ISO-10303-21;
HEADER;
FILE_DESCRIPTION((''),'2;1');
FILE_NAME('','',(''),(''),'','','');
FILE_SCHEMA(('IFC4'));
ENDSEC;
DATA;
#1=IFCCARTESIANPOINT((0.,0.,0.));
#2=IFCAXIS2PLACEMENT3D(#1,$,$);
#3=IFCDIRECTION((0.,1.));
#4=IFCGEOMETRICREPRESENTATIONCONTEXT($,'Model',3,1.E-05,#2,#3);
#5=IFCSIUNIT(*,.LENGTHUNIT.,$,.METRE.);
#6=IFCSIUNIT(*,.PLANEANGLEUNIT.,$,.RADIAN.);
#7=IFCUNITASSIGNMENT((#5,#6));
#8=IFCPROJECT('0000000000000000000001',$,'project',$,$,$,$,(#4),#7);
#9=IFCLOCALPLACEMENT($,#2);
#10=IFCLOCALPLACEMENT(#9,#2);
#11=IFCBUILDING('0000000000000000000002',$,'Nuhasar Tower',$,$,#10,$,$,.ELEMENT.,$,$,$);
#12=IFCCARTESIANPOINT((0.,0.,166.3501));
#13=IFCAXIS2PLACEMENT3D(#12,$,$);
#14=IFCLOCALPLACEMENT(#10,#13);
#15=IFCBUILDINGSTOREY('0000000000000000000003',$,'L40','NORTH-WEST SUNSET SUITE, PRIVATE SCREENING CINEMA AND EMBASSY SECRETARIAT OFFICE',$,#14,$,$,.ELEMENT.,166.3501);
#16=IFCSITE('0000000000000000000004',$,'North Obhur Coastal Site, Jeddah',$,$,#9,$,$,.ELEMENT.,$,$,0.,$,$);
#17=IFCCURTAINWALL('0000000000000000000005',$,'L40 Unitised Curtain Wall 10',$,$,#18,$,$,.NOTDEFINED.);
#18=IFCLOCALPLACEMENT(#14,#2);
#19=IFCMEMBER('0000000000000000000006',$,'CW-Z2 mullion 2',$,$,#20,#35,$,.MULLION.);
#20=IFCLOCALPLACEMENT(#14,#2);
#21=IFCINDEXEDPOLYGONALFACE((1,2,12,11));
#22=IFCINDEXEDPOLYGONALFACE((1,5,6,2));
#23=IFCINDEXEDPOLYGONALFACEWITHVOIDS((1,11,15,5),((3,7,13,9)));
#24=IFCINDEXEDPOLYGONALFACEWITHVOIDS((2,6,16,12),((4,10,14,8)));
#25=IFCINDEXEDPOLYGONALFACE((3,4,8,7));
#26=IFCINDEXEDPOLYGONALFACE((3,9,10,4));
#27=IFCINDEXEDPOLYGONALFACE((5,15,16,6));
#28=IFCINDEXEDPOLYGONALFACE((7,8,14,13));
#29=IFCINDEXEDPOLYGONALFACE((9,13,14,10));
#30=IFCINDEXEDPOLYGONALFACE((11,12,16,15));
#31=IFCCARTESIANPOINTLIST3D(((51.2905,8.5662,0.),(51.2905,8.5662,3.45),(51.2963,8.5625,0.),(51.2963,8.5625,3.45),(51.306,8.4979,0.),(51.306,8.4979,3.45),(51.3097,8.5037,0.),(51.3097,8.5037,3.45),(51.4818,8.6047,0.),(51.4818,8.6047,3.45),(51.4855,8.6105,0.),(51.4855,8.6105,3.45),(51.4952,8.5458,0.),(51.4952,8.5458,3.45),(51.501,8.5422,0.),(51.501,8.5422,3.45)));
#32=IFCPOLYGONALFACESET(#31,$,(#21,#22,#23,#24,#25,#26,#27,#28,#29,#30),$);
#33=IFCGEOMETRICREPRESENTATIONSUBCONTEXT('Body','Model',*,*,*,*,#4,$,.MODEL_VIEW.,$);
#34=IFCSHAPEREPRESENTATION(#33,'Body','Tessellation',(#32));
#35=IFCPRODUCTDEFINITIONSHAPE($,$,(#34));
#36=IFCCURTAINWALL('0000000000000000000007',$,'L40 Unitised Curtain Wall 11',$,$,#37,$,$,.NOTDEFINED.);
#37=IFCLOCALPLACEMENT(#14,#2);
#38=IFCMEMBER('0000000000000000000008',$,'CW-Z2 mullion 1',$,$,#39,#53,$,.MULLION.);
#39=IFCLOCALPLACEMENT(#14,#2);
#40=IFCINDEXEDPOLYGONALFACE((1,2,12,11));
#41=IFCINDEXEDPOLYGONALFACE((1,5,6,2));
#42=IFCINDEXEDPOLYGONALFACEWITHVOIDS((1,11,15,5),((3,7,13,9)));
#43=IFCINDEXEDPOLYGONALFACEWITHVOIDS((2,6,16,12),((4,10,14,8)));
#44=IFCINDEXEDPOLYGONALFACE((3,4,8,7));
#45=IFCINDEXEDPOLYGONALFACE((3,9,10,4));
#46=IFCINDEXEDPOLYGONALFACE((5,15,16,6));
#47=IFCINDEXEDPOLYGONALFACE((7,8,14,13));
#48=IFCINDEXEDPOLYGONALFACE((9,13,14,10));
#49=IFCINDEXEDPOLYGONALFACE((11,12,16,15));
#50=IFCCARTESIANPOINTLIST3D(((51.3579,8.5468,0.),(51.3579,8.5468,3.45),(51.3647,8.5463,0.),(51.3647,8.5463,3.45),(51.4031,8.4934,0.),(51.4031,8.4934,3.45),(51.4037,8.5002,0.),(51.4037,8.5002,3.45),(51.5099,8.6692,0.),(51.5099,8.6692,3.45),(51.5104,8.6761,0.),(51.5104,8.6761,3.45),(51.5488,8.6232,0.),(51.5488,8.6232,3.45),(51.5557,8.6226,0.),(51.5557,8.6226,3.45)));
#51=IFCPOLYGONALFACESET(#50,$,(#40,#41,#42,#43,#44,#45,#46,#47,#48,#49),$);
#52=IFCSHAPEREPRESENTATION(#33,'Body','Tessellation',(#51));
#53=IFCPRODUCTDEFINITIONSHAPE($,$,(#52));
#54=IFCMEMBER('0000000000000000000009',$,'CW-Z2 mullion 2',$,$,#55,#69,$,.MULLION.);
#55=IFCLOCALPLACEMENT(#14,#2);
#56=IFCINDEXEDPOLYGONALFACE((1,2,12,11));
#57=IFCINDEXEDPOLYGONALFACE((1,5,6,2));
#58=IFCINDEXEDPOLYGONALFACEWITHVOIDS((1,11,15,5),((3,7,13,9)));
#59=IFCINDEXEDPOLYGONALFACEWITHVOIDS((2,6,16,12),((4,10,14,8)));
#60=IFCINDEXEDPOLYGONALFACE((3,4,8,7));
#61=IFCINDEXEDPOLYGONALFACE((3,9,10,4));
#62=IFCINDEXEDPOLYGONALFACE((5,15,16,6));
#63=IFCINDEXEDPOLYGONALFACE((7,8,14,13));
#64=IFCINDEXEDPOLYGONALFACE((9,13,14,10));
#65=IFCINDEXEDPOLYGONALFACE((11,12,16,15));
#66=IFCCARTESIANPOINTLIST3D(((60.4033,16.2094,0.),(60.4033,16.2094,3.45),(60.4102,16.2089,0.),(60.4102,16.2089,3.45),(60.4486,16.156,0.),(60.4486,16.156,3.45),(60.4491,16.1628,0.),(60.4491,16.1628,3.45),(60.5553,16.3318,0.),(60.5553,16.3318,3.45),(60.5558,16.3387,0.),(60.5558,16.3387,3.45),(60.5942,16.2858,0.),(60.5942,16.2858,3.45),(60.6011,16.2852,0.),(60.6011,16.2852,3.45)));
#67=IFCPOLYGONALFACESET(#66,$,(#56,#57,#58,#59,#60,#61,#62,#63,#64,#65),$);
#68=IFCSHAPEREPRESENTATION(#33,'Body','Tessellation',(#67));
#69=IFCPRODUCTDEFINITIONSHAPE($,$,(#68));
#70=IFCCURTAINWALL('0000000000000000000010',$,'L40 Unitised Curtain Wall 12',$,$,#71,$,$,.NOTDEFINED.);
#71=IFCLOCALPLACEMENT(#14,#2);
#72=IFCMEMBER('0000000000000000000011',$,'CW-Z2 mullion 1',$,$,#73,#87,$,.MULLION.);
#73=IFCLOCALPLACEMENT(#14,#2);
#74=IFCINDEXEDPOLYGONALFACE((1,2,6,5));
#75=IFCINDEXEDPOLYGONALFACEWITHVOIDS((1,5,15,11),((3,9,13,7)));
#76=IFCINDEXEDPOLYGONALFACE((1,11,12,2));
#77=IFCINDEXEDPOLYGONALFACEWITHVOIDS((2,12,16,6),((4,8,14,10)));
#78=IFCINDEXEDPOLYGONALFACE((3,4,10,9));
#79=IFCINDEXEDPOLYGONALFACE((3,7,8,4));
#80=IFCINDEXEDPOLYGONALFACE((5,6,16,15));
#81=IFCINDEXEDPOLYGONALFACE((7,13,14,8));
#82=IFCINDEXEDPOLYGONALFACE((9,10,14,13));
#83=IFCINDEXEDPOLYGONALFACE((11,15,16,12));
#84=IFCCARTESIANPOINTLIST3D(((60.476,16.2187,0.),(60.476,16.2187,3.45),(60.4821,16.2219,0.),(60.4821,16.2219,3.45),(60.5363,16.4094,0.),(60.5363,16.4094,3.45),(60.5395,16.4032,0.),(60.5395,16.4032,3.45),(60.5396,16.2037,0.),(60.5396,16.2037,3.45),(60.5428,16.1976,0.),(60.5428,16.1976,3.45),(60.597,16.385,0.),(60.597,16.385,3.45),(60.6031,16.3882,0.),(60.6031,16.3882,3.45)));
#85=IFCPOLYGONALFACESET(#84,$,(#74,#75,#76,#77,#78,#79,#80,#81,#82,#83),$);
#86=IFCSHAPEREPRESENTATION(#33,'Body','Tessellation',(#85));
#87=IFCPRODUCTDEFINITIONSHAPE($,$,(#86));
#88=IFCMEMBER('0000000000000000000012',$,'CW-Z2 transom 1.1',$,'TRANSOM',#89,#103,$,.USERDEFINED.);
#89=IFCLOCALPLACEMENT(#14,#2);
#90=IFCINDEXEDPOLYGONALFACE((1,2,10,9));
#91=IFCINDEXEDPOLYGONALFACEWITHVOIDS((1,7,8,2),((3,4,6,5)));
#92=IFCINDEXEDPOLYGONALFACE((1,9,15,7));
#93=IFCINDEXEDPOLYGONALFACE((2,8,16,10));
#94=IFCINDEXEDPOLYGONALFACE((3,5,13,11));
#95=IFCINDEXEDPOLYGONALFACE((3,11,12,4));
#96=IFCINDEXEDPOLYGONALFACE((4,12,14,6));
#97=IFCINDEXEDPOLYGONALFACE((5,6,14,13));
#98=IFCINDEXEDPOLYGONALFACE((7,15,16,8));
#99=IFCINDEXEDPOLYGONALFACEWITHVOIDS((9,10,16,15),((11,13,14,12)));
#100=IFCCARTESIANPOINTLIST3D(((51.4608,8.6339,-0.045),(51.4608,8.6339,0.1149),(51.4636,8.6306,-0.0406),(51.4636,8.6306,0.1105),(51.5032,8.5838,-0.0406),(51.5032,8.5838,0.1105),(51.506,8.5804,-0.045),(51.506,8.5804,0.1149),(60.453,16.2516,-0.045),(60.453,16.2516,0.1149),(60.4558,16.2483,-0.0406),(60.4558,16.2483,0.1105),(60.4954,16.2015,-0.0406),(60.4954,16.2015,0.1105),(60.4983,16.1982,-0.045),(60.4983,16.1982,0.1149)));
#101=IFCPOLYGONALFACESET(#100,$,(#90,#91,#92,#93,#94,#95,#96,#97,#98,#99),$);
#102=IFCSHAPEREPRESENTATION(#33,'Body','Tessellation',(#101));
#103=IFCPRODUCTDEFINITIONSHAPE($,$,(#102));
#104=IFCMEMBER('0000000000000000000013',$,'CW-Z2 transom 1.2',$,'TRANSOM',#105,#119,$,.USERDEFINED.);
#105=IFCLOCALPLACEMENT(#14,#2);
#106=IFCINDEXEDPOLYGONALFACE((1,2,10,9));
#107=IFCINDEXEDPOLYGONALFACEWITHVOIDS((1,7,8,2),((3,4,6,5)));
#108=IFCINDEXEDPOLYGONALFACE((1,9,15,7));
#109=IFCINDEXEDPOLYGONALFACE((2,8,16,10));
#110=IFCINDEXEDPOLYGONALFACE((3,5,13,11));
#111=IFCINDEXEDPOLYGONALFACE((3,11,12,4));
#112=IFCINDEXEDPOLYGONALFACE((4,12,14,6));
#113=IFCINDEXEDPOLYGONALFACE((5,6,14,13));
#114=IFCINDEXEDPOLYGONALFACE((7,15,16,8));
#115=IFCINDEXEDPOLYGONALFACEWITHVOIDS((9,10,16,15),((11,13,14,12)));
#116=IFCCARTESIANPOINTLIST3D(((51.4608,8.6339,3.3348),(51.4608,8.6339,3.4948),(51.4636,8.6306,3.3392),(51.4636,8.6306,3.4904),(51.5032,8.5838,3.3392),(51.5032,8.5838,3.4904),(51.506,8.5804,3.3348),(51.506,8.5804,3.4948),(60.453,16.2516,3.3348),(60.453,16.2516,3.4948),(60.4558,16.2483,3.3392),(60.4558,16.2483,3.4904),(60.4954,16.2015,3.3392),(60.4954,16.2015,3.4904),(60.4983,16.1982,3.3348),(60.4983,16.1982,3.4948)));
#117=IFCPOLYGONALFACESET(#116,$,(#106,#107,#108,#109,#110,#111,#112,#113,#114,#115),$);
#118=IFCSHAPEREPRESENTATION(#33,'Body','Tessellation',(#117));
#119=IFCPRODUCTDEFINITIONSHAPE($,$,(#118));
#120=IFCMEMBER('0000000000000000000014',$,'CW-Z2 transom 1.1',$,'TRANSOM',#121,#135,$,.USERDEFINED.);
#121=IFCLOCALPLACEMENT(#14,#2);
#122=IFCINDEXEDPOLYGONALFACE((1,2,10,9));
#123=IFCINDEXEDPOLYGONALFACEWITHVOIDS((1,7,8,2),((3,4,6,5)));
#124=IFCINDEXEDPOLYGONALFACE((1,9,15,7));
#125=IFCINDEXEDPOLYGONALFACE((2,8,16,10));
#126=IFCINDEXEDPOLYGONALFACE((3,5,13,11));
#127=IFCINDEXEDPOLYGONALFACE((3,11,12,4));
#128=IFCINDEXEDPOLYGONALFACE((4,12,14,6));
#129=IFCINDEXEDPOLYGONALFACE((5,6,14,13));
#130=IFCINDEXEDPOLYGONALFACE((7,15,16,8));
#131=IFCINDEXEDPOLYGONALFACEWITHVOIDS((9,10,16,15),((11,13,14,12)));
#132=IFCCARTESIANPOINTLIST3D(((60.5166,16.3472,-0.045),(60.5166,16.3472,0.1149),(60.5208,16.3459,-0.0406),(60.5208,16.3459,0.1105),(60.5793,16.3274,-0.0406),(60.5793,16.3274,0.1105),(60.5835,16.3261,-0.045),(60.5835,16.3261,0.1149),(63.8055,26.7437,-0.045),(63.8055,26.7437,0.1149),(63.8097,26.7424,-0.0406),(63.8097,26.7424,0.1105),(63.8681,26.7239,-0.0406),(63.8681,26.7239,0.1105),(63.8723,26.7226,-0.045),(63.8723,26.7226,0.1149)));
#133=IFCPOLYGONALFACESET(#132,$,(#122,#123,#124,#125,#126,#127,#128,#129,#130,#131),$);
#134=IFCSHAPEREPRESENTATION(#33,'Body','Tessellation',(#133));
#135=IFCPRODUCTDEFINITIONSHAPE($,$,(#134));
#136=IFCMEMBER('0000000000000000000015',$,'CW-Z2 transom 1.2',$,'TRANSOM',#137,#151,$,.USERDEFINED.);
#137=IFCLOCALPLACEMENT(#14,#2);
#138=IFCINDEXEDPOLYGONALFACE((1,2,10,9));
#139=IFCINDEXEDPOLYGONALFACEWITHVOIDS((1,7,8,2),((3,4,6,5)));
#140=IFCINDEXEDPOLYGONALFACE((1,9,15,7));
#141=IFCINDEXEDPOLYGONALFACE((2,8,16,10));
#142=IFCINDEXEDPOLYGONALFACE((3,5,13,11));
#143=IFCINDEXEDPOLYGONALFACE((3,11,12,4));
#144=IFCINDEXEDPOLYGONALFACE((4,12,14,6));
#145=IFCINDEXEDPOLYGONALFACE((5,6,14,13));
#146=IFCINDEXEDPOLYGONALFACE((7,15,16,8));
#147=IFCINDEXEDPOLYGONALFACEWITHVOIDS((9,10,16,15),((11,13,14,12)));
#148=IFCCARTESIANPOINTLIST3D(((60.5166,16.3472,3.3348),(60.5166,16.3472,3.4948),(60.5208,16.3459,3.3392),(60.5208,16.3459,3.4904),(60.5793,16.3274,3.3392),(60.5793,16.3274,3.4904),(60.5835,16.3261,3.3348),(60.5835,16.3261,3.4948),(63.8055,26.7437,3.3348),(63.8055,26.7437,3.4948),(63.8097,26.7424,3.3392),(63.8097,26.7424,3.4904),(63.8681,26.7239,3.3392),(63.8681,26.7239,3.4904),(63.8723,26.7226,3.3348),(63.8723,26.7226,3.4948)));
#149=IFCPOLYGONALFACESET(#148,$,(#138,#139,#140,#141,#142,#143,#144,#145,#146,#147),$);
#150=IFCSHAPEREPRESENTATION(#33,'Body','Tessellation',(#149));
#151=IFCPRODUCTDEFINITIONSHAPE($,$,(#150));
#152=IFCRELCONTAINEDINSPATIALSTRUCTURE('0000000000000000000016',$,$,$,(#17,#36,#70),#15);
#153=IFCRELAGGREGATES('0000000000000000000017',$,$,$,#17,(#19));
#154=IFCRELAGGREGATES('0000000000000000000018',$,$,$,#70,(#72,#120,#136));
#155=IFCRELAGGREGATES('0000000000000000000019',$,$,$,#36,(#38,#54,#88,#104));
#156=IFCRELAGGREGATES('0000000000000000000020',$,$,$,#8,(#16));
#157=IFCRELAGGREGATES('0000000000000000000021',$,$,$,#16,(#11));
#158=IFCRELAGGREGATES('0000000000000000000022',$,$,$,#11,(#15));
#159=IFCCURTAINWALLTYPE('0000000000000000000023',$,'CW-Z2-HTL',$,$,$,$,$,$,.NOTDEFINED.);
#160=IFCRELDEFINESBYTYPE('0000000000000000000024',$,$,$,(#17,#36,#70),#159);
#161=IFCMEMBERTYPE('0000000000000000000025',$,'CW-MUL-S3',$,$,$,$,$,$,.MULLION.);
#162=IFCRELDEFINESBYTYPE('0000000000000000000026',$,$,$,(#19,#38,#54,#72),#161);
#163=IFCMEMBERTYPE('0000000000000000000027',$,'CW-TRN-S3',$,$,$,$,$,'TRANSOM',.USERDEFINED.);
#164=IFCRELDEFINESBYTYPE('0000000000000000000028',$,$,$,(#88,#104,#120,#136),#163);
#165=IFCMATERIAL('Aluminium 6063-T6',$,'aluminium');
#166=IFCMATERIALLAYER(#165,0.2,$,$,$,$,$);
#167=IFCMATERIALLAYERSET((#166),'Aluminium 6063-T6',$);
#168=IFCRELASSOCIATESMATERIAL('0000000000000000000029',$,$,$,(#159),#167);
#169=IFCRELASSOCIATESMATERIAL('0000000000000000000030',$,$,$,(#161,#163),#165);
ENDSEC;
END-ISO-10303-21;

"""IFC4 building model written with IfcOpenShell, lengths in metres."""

from ifc_helpers import new_model, si_unit, direction, frame, origin, origin_2d, place, context, subcontext, project, spatial, hollow_rectangle, extrude, material, layer, layer_set, material_profile, profile_set, type_object, element, aggregate, save


model = new_model("IFC4")

# Units and contexts
model_context = context("Model", 3, precision=1e-05, world=origin(), true_north=direction((0.0, 1.0)))
body_context = subcontext(model_context, "Body", "Model", "MODEL_VIEW")
ifc_project = project(units=[si_unit("LENGTHUNIT", "METRE"), si_unit("PLANEANGLEUNIT", "RADIAN")], contexts=[model_context])

# Site, building, storey
site_placement = place(None, origin())
site = spatial("IfcSite", under=ifc_project, at=site_placement, Name="North Obhur Coastal Site, Jeddah", CompositionType="ELEMENT", RefElevation=0.0)
building_placement = place(site_placement, origin())
building = spatial("IfcBuilding", under=site, at=building_placement, Name="Nuhasar Tower", CompositionType="ELEMENT")
storey_placement = place(building_placement, frame((0.0, 0.0, 166.3501)))
storey = spatial("IfcBuildingStorey", under=building, at=storey_placement, Name="L40", Description="NORTH-WEST SUNSET SUITE, PRIVATE SCREENING CINEMA AND EMBASSY SECRETARIAT OFFICE", CompositionType="ELEMENT", Elevation=166.3501)

# Curtain wall, member
ifc_material_1 = material(Name="Aluminium 6063-T6", Category="aluminium")
ifc_layer_1 = layer(ifc_material_1, 0.2)
ifc_layer_set_1 = layer_set([ifc_layer_1], Name="Aluminium 6063-T6")
curtain_wall_type = type_object("IfcCurtainWallType", Name="CW-Z2-HTL", PredefinedType="NOTDEFINED", material=ifc_layer_set_1)
curtain_wall_1_placement = place(storey_placement, origin())
curtain_wall_1 = element("IfcCurtainWall", 1, at=curtain_wall_1_placement, inside=storey, type_object=curtain_wall_type, Name="L40 Unitised Curtain Wall 10", PredefinedType="NOTDEFINED")
ifc_material_profile_1 = material_profile(ifc_material_1, hollow_rectangle(XDim=0.0701, YDim=0.2, WallThickness=0.0049, at=origin_2d()), Name="CWM-3")
ifc_profile_set_1 = profile_set([ifc_material_profile_1], Name="Aluminium 6063-T6")
member_type_1 = type_object("IfcMemberType", Name="CW-MUL-S3", PredefinedType="MULLION", material=ifc_profile_set_1)
member_1_placement = place(storey_placement, frame((51.3958, 8.5542, 0.0), z_axis=(0.0, 0.0, 1.0), x_axis=(-0.221397, 0.975184, 0.0)))
member_1 = element("IfcMember", 2, at=member_1_placement, type_object=member_type_1, Name="CW-Z2 mullion 2", PredefinedType="MULLION", context=body_context, shape_type="SweptSolid", body=[
    extrude(hollow_rectangle(XDim=0.0701, YDim=0.2, WallThickness=0.0049, at=origin_2d()), origin(), (0.0, 0.0, 1.0), 3.45),
])
aggregate(curtain_wall_1, [member_1])

# Curtain wall, members
curtain_wall_2_placement = place(storey_placement, origin())
curtain_wall_2 = element("IfcCurtainWall", 3, at=curtain_wall_2_placement, inside=storey, type_object=curtain_wall_type, Name="L40 Unitised Curtain Wall 11", PredefinedType="NOTDEFINED")
member_2_placement = place(storey_placement, frame((51.4568, 8.5847, 0.0), z_axis=(0.0, 0.0, 1.0), x_axis=(-0.646374, 0.76302, 0.0)))
member_2 = element("IfcMember", 4, at=member_2_placement, type_object=member_type_1, Name="CW-Z2 mullion 1", PredefinedType="MULLION", context=body_context, shape_type="SweptSolid", body=[
    extrude(hollow_rectangle(XDim=0.0701, YDim=0.2, WallThickness=0.0049, at=origin_2d()), origin(), (0.0, 0.0, 1.0), 3.45),
])
member_3_placement = place(storey_placement, frame((60.5022, 16.2473, 0.0), z_axis=(0.0, 0.0, 1.0), x_axis=(-0.646374, 0.76302, 0.0)))
member_3 = element("IfcMember", 5, at=member_3_placement, type_object=member_type_1, Name="CW-Z2 mullion 2", PredefinedType="MULLION", context=body_context, shape_type="SweptSolid", body=[
    extrude(hollow_rectangle(XDim=0.0701, YDim=0.2, WallThickness=0.0049, at=origin_2d()), origin(), (0.0, 0.0, 1.0), 3.45),
])

# Curtain wall, member
curtain_wall_3_placement = place(storey_placement, origin())
curtain_wall_3 = element("IfcCurtainWall", 6, at=curtain_wall_3_placement, inside=storey, type_object=curtain_wall_type, Name="L40 Unitised Curtain Wall 12", PredefinedType="NOTDEFINED")
member_4_placement = place(storey_placement, frame((60.5396, 16.3035, 0.0), z_axis=(0.0, 0.0, 1.0), x_axis=(-0.953433, 0.301604, 0.0)))
member_4 = element("IfcMember", 7, at=member_4_placement, type_object=member_type_1, Name="CW-Z2 mullion 1", PredefinedType="MULLION", context=body_context, shape_type="SweptSolid", body=[
    extrude(hollow_rectangle(XDim=0.0701, YDim=0.2, WallThickness=0.0049, at=origin_2d()), origin(), (0.0, 0.0, 1.0), 3.45),
])

# Members
ifc_material_profile_2 = material_profile(ifc_material_1, hollow_rectangle(XDim=0.0701, YDim=0.1599, WallThickness=0.0044, at=origin_2d()), Name="CWT-3")
ifc_profile_set_2 = profile_set([ifc_material_profile_2], Name="Aluminium 6063-T6")
member_type_2 = type_object("IfcMemberType", Name="CW-TRN-S3", ElementType="TRANSOM", PredefinedType="USERDEFINED", material=ifc_profile_set_2)
member_5_placement = place(storey_placement, frame((51.4834, 8.6072, 0.0349), z_axis=(0.763014, 0.646382, 0.0), x_axis=(-0.646382, 0.763014, 0.0)))
member_5 = element("IfcMember", 8, at=member_5_placement, type_object=member_type_2, Name="CW-Z2 transom 1.1", ObjectType="TRANSOM", PredefinedType="USERDEFINED", context=body_context, shape_type="SweptSolid", body=[
    extrude(hollow_rectangle(XDim=0.0701, YDim=0.1599, WallThickness=0.0044, at=origin_2d()), origin(), (0.0, 0.0, 1.0), 11.7852),
])
member_6_placement = place(storey_placement, frame((51.4834, 8.6072, 3.4148), z_axis=(0.763014, 0.646382, 0.0), x_axis=(-0.646382, 0.763014, 0.0)))
member_6 = element("IfcMember", 9, at=member_6_placement, type_object=member_type_2, Name="CW-Z2 transom 1.2", ObjectType="TRANSOM", PredefinedType="USERDEFINED", context=body_context, shape_type="SweptSolid", body=[
    extrude(hollow_rectangle(XDim=0.0701, YDim=0.1599, WallThickness=0.0044, at=origin_2d()), origin(), (0.0, 0.0, 1.0), 11.7852),
])
member_7_placement = place(storey_placement, frame((60.55, 16.3367, 0.0349), z_axis=(0.301608, 0.953432, 0.0), x_axis=(-0.953432, 0.301608, 0.0)))
member_7 = element("IfcMember", 10, at=member_7_placement, type_object=member_type_2, Name="CW-Z2 transom 1.1", ObjectType="TRANSOM", PredefinedType="USERDEFINED", context=body_context, shape_type="SweptSolid", body=[
    extrude(hollow_rectangle(XDim=0.0701, YDim=0.1599, WallThickness=0.0044, at=origin_2d()), origin(), (0.0, 0.0, 1.0), 10.9043),
])
member_8_placement = place(storey_placement, frame((60.55, 16.3367, 3.4148), z_axis=(0.301608, 0.953432, 0.0), x_axis=(-0.953432, 0.301608, 0.0)))
member_8 = element("IfcMember", 11, at=member_8_placement, type_object=member_type_2, Name="CW-Z2 transom 1.2", ObjectType="TRANSOM", PredefinedType="USERDEFINED", context=body_context, shape_type="SweptSolid", body=[
    extrude(hollow_rectangle(XDim=0.0701, YDim=0.1599, WallThickness=0.0044, at=origin_2d()), origin(), (0.0, 0.0, 1.0), 10.9043),
])
aggregate(curtain_wall_3, [member_4, member_7, member_8])

aggregate(curtain_wall_2, [member_2, member_3, member_5, member_6])

save(model, "model.ifc")
